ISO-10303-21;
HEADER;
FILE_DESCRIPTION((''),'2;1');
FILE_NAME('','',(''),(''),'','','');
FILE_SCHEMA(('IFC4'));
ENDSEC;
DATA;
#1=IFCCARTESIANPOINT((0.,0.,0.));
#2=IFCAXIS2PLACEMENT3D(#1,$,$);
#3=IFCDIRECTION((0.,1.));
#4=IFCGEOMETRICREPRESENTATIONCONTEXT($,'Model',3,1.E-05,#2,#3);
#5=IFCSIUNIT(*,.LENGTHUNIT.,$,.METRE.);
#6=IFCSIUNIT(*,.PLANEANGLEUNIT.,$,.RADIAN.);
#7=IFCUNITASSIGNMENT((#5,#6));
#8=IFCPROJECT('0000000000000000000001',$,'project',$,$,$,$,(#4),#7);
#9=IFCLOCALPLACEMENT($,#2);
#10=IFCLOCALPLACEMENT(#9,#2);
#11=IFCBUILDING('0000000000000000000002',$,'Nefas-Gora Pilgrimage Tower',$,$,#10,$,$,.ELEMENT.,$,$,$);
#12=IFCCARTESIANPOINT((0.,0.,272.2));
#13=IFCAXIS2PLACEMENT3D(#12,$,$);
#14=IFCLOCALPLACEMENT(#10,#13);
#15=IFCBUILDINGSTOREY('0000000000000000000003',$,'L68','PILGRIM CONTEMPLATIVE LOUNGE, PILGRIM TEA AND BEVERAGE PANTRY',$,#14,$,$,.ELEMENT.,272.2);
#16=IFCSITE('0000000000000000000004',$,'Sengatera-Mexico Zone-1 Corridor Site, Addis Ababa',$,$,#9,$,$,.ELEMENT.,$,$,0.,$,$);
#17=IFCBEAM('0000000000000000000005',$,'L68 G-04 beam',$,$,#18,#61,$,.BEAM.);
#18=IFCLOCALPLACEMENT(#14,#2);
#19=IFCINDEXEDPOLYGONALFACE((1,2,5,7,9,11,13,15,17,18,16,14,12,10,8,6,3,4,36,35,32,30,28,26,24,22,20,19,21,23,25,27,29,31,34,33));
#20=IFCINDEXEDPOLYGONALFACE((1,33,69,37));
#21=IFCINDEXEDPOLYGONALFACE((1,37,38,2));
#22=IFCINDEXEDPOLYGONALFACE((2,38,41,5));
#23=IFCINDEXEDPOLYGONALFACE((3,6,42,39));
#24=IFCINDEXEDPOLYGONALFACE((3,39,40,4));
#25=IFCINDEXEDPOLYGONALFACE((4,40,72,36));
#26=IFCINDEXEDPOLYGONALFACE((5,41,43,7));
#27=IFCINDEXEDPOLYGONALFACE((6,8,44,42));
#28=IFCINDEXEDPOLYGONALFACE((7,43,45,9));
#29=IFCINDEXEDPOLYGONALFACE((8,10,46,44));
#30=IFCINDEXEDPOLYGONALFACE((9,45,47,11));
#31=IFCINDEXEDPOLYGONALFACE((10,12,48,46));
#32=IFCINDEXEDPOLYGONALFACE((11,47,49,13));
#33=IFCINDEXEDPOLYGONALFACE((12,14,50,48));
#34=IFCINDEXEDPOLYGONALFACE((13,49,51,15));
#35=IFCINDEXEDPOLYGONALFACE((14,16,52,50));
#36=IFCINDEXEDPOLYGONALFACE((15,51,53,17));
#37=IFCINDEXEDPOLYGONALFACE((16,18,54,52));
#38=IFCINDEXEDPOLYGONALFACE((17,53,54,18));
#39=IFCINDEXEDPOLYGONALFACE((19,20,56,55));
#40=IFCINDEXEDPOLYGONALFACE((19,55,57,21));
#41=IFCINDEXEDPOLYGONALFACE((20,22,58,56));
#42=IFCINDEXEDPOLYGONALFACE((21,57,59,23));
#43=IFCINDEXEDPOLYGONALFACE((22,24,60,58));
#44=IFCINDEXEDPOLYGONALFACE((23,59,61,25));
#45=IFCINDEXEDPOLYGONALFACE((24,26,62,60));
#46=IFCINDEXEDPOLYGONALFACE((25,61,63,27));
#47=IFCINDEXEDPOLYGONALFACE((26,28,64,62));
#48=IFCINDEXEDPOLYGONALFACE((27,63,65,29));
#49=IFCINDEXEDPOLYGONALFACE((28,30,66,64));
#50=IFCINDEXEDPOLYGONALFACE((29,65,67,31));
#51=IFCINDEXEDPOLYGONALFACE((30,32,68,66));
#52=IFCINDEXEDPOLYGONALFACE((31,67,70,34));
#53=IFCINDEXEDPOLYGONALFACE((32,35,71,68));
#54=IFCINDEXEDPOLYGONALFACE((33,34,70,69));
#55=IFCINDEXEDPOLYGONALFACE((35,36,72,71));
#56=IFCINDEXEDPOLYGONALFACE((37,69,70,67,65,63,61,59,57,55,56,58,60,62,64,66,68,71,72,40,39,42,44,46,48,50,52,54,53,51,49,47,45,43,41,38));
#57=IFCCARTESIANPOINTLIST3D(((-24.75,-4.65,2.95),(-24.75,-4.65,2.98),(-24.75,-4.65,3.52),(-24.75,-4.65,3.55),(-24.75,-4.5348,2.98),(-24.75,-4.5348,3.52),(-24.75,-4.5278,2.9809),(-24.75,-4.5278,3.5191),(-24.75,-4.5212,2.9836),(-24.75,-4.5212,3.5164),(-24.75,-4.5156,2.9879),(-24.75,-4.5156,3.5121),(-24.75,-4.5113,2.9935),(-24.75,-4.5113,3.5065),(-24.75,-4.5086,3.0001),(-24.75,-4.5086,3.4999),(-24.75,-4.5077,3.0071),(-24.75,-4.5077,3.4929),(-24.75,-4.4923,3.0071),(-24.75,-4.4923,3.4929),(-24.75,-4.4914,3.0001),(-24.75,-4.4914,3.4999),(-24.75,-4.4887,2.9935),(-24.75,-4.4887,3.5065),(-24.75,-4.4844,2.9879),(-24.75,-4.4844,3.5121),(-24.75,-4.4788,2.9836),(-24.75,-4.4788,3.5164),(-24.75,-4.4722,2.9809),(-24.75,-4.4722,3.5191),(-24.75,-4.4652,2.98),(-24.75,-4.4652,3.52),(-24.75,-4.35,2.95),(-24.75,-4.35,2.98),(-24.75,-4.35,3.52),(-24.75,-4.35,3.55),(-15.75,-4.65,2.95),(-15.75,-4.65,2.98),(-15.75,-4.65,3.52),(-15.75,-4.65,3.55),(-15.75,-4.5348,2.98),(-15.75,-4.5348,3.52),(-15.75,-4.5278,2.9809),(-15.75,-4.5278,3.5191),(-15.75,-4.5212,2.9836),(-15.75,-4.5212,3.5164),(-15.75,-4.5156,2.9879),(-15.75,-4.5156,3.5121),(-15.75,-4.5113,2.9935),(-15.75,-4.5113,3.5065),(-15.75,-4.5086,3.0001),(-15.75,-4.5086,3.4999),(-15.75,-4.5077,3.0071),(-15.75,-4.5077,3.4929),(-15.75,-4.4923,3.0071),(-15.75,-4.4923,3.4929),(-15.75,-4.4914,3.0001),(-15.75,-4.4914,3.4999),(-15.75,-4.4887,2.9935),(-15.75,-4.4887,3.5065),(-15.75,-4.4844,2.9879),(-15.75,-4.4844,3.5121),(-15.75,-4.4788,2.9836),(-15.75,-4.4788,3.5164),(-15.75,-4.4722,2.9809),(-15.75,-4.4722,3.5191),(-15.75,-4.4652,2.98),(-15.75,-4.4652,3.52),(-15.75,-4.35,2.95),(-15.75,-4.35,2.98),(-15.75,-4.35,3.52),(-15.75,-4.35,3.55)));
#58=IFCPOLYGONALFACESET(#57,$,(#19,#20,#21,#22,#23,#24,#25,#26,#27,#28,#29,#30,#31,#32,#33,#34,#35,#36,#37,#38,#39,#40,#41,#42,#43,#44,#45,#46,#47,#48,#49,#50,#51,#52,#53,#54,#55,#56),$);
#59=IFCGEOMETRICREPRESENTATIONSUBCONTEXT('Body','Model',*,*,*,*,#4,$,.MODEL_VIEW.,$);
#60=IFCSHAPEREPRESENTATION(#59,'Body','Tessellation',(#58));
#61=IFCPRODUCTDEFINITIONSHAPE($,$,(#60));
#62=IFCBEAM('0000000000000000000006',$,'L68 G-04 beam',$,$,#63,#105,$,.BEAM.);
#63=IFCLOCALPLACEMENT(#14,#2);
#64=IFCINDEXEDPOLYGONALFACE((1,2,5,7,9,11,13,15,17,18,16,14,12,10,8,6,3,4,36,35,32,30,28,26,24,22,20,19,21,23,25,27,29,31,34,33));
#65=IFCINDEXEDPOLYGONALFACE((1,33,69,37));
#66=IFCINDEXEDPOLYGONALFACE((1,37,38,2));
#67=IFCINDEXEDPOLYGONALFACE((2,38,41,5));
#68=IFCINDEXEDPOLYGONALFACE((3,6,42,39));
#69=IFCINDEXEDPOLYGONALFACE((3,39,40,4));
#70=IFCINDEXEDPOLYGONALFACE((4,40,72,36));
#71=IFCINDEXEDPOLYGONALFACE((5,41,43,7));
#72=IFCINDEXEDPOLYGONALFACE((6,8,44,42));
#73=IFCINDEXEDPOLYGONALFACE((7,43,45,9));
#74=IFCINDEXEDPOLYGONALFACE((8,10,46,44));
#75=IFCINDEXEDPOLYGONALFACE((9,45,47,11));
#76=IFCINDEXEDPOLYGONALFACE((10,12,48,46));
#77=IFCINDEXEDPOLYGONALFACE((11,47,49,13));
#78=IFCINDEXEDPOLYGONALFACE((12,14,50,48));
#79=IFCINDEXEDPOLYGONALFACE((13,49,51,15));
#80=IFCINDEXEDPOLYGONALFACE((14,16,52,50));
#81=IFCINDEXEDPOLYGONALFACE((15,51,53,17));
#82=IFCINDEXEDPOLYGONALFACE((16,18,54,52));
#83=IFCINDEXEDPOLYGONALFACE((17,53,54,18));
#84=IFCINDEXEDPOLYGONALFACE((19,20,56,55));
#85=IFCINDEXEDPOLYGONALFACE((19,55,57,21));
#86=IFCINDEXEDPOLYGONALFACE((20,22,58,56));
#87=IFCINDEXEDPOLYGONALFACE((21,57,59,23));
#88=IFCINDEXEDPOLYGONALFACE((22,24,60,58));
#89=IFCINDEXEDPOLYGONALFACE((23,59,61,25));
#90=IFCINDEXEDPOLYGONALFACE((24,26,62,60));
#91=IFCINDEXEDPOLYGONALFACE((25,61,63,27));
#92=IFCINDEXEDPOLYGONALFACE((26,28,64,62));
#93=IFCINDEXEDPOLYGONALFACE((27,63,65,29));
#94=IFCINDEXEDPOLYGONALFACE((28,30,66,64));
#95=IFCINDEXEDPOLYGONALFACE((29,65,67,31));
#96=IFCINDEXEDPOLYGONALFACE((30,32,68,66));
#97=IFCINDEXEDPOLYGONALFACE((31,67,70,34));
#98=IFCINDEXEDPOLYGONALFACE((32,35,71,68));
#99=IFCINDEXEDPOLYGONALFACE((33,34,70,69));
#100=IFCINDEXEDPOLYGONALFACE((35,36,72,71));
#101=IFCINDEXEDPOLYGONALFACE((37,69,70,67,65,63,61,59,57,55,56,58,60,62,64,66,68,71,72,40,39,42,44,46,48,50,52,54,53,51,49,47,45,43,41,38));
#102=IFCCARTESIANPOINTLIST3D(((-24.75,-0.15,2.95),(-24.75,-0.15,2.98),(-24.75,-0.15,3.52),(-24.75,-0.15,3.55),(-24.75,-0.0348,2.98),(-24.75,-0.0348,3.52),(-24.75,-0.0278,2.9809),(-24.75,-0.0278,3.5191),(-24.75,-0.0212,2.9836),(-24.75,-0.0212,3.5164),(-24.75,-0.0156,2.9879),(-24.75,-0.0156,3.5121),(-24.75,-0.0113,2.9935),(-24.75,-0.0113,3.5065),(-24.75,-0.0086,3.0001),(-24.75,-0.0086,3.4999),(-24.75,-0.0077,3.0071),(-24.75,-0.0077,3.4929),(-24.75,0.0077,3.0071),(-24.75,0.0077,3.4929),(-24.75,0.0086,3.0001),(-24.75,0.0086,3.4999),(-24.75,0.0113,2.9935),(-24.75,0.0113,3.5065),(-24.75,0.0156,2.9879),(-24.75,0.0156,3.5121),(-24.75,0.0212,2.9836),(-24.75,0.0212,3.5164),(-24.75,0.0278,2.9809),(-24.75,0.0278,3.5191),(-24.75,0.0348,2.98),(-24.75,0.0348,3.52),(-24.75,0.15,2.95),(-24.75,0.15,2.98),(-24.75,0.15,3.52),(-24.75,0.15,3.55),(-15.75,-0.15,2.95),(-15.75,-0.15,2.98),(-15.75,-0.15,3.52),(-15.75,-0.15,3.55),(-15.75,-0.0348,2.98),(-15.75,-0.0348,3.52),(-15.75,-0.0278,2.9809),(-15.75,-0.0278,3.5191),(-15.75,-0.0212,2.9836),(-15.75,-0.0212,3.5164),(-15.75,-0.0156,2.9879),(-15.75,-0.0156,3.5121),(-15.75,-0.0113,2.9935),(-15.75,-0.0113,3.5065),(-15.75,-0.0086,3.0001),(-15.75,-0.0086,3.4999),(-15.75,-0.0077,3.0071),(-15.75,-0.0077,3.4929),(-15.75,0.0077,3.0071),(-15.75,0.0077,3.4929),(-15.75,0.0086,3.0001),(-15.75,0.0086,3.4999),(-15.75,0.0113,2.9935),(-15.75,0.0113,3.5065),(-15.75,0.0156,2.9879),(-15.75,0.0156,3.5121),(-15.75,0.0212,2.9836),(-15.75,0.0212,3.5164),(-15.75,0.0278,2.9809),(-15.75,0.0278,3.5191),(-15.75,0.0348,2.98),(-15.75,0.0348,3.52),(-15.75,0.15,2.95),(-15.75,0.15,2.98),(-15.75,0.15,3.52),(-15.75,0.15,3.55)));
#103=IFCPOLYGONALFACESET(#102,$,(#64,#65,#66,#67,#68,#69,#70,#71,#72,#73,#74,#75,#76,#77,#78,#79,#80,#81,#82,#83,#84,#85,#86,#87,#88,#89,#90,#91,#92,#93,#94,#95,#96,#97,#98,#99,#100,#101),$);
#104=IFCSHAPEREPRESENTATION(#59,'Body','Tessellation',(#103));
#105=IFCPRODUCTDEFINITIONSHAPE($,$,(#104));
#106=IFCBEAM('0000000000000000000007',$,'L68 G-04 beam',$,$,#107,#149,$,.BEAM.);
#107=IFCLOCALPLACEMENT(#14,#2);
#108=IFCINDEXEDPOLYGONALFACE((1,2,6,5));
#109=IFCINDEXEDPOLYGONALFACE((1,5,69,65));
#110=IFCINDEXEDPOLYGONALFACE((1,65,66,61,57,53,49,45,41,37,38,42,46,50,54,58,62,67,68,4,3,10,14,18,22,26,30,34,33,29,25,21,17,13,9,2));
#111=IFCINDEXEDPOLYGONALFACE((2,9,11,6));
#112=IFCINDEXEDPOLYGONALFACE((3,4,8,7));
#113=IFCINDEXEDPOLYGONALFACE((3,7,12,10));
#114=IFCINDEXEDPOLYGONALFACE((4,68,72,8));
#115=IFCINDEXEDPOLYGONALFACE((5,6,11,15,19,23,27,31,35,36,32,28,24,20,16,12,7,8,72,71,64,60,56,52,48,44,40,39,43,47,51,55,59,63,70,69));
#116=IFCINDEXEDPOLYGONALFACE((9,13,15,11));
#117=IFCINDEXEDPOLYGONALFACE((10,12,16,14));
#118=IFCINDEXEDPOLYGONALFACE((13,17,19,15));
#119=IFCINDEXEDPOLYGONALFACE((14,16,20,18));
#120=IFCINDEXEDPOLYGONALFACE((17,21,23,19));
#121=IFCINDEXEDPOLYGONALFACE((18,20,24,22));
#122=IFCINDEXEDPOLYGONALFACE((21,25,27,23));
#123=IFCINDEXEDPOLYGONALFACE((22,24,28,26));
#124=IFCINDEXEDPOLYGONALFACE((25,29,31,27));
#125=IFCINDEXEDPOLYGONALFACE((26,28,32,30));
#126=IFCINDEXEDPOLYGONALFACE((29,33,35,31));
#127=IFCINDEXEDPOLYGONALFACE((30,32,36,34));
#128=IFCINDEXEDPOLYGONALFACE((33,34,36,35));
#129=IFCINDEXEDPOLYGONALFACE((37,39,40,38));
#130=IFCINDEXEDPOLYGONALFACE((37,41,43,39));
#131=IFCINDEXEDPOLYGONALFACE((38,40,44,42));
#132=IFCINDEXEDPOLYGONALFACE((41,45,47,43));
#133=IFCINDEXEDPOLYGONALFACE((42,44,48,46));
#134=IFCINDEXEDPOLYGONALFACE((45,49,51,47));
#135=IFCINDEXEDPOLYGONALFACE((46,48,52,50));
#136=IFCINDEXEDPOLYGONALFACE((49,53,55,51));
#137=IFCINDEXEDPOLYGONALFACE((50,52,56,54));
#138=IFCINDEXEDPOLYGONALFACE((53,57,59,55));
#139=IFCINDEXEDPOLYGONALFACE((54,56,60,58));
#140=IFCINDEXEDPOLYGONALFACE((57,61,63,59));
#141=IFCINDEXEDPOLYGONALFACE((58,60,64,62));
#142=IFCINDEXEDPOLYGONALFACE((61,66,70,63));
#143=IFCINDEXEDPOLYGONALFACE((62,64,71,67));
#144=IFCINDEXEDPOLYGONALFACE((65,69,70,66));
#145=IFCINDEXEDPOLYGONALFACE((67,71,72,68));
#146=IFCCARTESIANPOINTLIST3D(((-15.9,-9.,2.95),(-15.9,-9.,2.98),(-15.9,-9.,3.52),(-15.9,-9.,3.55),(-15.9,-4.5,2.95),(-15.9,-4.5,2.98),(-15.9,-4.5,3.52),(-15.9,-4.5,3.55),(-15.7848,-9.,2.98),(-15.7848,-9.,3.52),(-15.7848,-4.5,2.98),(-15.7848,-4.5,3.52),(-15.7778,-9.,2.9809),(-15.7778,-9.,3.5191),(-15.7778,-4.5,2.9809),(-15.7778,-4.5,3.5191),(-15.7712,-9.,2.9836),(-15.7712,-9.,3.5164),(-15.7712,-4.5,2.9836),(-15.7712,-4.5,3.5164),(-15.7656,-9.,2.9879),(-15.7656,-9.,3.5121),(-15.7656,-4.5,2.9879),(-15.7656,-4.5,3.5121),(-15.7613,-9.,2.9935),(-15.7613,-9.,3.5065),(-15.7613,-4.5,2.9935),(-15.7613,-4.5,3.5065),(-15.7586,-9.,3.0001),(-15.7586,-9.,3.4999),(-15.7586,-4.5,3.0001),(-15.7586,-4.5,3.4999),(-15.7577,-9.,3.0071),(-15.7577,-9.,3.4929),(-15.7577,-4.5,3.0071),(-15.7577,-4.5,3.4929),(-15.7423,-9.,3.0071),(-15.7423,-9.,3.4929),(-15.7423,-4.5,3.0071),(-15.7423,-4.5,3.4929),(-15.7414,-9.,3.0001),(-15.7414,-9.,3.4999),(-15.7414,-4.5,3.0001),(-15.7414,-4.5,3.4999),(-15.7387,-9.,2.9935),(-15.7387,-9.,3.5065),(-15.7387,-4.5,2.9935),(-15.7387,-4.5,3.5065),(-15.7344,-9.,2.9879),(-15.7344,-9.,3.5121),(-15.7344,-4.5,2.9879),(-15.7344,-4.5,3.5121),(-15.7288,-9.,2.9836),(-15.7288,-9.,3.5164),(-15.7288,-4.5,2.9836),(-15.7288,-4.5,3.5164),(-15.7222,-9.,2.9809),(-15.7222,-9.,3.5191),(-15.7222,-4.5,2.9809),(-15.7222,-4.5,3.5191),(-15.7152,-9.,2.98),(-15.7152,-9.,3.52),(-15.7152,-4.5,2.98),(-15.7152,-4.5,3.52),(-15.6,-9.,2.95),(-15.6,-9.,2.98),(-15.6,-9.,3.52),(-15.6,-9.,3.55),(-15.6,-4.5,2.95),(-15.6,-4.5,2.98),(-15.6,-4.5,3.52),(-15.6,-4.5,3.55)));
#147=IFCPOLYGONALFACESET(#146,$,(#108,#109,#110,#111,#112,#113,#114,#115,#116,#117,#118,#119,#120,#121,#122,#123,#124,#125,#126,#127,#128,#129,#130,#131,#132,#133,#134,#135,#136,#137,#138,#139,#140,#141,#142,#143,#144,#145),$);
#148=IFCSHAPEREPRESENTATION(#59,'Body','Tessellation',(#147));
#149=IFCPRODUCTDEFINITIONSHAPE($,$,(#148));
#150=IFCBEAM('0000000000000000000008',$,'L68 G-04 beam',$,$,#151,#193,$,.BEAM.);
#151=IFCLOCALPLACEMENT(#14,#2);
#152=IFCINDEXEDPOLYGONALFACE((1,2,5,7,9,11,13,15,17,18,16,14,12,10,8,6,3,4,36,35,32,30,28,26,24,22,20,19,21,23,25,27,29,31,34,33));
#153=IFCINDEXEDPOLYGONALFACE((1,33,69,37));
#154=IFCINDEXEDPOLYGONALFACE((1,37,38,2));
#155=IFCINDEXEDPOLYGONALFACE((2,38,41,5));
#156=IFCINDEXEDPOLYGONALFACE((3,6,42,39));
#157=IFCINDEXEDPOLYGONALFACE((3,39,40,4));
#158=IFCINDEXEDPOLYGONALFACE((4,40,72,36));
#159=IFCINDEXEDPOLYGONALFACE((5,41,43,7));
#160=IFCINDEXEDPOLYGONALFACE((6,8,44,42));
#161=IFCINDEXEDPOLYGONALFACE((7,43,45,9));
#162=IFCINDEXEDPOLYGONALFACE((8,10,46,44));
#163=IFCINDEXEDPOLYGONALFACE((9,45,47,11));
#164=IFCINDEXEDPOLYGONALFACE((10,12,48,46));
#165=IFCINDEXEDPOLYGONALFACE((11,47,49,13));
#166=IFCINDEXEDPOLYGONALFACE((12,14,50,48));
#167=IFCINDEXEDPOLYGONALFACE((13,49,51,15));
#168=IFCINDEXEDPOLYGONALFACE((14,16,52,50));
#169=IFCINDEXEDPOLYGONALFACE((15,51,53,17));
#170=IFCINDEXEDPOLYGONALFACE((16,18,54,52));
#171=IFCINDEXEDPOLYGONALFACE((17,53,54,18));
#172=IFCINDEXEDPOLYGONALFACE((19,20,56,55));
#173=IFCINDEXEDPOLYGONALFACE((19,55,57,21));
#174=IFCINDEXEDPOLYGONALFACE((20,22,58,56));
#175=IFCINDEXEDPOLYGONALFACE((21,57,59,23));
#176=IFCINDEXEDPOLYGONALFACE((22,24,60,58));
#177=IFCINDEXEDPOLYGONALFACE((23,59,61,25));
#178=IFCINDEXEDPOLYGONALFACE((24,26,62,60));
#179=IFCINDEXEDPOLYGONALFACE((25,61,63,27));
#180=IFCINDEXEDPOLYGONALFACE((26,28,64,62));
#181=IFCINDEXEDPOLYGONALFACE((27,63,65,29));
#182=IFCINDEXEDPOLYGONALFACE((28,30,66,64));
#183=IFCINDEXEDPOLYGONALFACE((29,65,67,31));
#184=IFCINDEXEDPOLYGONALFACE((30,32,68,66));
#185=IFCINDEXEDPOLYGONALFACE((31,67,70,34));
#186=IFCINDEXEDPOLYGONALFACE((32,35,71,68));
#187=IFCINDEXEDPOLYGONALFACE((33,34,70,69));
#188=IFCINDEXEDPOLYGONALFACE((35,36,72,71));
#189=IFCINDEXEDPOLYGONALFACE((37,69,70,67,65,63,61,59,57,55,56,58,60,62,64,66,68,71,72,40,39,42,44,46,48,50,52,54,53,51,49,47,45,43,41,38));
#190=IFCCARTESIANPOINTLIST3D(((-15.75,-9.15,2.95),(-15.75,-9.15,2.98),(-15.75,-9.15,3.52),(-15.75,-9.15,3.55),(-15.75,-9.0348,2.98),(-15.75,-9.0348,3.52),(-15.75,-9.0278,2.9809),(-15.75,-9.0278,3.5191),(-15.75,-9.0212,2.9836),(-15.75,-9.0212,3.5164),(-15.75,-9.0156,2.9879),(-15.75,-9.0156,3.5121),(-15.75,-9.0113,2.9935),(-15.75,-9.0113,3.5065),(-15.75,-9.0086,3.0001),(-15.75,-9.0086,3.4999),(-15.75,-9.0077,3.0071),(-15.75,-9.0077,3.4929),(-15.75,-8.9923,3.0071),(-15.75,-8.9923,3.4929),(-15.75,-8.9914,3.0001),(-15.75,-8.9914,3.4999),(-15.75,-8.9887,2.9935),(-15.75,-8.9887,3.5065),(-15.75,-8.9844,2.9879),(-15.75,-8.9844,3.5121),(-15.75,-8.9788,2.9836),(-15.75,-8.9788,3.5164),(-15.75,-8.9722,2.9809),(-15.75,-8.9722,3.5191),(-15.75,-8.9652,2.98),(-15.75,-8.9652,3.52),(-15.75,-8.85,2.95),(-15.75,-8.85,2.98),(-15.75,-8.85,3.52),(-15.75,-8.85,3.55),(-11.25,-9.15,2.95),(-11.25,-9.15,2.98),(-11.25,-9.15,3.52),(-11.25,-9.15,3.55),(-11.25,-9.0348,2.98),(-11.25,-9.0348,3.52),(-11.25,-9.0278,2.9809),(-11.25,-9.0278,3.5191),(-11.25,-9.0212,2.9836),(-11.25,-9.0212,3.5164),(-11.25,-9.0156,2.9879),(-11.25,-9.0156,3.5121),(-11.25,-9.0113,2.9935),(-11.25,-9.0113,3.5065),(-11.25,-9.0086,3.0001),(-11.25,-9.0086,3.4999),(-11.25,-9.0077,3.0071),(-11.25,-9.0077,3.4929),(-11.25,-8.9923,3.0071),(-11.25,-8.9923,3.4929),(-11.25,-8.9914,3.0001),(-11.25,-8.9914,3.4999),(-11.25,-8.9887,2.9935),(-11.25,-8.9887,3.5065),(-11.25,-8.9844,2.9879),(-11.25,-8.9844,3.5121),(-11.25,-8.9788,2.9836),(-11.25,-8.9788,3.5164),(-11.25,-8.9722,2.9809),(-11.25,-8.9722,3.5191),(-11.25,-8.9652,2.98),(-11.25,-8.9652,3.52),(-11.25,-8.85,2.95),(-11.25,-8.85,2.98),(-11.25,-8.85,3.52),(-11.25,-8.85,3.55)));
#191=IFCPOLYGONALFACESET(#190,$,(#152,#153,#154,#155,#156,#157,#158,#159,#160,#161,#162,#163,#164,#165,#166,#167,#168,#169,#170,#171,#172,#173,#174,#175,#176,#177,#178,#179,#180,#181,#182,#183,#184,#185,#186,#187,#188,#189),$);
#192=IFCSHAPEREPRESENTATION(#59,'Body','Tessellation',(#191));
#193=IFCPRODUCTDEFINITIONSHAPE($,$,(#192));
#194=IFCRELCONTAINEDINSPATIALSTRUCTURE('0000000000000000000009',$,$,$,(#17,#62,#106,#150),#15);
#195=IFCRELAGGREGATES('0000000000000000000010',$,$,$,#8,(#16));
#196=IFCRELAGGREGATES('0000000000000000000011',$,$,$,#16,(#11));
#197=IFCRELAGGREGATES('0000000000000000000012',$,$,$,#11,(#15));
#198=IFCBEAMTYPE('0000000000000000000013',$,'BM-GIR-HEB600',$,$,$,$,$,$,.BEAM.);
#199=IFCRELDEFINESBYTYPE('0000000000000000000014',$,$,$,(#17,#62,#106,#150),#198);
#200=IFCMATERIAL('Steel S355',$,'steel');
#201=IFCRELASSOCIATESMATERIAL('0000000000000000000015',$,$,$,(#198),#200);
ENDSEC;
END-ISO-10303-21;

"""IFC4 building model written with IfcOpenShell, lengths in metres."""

from ifc_helpers import new_model, si_unit, direction, frame, origin, origin_2d, place, context, subcontext, project, spatial, i_section, extrude, source, transform, mapped, material, material_profile, profile_set, type_object, element, save


model = new_model("IFC4")

# Units and contexts
model_context = context("Model", 3, precision=1e-05, world=origin(), true_north=direction((0.0, 1.0)))
body_context = subcontext(model_context, "Body", "Model", "MODEL_VIEW")
ifc_project = project(units=[si_unit("LENGTHUNIT", "METRE"), si_unit("PLANEANGLEUNIT", "RADIAN")], contexts=[model_context])

# Site, building, storey
site_placement = place(None, origin())
site = spatial("IfcSite", under=ifc_project, at=site_placement, Name="Sengatera-Mexico Zone-1 Corridor Site, Addis Ababa", CompositionType="ELEMENT", RefElevation=0.0)
building_placement = place(site_placement, origin())
building = spatial("IfcBuilding", under=site, at=building_placement, Name="Nefas-Gora Pilgrimage Tower", CompositionType="ELEMENT")
storey_placement = place(building_placement, frame((0.0, 0.0, 272.2)))
storey = spatial("IfcBuildingStorey", under=building, at=storey_placement, Name="L68", Description="PILGRIM CONTEMPLATIVE LOUNGE, PILGRIM TEA AND BEVERAGE PANTRY", CompositionType="ELEMENT", Elevation=272.2)

# Shared definitions
ifc_material_1 = material(Name="Steel S355", Category="steel")

# Beams
ifc_material_profile_1 = material_profile(ifc_material_1, i_section(OverallWidth=0.3, OverallDepth=0.6001, WebThickness=0.0154, FlangeThickness=0.03, FilletRadius=0.0271, at=origin_2d()), Name="HEB 600")
ifc_profile_set_1 = profile_set([ifc_material_profile_1], Name="Steel S355")
beam_type_1 = type_object("IfcBeamType", Name="BM-GIR-HEB600", PredefinedType="BEAM", material=ifc_profile_set_1)
shared_shape_1 = source(origin(), body_context, "Body", "SweptSolid", [
    extrude(i_section(OverallWidth=0.3, OverallDepth=0.6001, WebThickness=0.0154, FlangeThickness=0.03, FilletRadius=0.0271, at=origin_2d()), origin(), (0.0, 0.0, 1.0), 9.0),
])
for number, where, z_axis, x_axis, name in (
    (1, (-24.75, -4.5, 3.25), (1.0, 0.0, 0.0), (0.0, 1.0, 0.0), "L68 G-04 beam"),
    (2, (-24.75, 0.0, 3.25), (1.0, 0.0, 0.0), (0.0, 1.0, 0.0), "L68 G-04 beam"),
):
    element("IfcBeam", number, at=place(storey_placement, frame(where, z_axis=z_axis, x_axis=x_axis)), inside=storey, type_object=beam_type_1, Name=name, PredefinedType="BEAM", context=body_context, shape_type="MappedRepresentation", body=[
        mapped(shared_shape_1, transform((0.0, 0.0, 0.0), x_axis=(1.0, 0.0, 0.0), y_axis=(0.0, 1.0, 0.0), z_axis=(0.0, 0.0, 1.0), scale=1.0)),
    ])
shared_shape_2 = source(origin(), body_context, "Body", "SweptSolid", [
    extrude(i_section(OverallWidth=0.3, OverallDepth=0.6001, WebThickness=0.0154, FlangeThickness=0.03, FilletRadius=0.0271, at=origin_2d()), origin(), (0.0, 0.0, 1.0), 4.5),
])
for number, where, z_axis, x_axis, name in (
    (3, (-15.75, -9.0, 3.25), (0.0, 1.0, 0.0), (-1.0, 0.0, 0.0), "L68 G-04 beam"),
    (4, (-15.75, -9.0, 3.25), (1.0, 0.0, 0.0), (0.0, 1.0, 0.0), "L68 G-04 beam"),
):
    element("IfcBeam", number, at=place(storey_placement, frame(where, z_axis=z_axis, x_axis=x_axis)), inside=storey, type_object=beam_type_1, Name=name, PredefinedType="BEAM", context=body_context, shape_type="MappedRepresentation", body=[
        mapped(shared_shape_2, transform((0.0, 0.0, 0.0), x_axis=(1.0, 0.0, 0.0), y_axis=(0.0, 1.0, 0.0), z_axis=(0.0, 0.0, 1.0), scale=1.0)),
    ])

save(model, "model.ifc")
